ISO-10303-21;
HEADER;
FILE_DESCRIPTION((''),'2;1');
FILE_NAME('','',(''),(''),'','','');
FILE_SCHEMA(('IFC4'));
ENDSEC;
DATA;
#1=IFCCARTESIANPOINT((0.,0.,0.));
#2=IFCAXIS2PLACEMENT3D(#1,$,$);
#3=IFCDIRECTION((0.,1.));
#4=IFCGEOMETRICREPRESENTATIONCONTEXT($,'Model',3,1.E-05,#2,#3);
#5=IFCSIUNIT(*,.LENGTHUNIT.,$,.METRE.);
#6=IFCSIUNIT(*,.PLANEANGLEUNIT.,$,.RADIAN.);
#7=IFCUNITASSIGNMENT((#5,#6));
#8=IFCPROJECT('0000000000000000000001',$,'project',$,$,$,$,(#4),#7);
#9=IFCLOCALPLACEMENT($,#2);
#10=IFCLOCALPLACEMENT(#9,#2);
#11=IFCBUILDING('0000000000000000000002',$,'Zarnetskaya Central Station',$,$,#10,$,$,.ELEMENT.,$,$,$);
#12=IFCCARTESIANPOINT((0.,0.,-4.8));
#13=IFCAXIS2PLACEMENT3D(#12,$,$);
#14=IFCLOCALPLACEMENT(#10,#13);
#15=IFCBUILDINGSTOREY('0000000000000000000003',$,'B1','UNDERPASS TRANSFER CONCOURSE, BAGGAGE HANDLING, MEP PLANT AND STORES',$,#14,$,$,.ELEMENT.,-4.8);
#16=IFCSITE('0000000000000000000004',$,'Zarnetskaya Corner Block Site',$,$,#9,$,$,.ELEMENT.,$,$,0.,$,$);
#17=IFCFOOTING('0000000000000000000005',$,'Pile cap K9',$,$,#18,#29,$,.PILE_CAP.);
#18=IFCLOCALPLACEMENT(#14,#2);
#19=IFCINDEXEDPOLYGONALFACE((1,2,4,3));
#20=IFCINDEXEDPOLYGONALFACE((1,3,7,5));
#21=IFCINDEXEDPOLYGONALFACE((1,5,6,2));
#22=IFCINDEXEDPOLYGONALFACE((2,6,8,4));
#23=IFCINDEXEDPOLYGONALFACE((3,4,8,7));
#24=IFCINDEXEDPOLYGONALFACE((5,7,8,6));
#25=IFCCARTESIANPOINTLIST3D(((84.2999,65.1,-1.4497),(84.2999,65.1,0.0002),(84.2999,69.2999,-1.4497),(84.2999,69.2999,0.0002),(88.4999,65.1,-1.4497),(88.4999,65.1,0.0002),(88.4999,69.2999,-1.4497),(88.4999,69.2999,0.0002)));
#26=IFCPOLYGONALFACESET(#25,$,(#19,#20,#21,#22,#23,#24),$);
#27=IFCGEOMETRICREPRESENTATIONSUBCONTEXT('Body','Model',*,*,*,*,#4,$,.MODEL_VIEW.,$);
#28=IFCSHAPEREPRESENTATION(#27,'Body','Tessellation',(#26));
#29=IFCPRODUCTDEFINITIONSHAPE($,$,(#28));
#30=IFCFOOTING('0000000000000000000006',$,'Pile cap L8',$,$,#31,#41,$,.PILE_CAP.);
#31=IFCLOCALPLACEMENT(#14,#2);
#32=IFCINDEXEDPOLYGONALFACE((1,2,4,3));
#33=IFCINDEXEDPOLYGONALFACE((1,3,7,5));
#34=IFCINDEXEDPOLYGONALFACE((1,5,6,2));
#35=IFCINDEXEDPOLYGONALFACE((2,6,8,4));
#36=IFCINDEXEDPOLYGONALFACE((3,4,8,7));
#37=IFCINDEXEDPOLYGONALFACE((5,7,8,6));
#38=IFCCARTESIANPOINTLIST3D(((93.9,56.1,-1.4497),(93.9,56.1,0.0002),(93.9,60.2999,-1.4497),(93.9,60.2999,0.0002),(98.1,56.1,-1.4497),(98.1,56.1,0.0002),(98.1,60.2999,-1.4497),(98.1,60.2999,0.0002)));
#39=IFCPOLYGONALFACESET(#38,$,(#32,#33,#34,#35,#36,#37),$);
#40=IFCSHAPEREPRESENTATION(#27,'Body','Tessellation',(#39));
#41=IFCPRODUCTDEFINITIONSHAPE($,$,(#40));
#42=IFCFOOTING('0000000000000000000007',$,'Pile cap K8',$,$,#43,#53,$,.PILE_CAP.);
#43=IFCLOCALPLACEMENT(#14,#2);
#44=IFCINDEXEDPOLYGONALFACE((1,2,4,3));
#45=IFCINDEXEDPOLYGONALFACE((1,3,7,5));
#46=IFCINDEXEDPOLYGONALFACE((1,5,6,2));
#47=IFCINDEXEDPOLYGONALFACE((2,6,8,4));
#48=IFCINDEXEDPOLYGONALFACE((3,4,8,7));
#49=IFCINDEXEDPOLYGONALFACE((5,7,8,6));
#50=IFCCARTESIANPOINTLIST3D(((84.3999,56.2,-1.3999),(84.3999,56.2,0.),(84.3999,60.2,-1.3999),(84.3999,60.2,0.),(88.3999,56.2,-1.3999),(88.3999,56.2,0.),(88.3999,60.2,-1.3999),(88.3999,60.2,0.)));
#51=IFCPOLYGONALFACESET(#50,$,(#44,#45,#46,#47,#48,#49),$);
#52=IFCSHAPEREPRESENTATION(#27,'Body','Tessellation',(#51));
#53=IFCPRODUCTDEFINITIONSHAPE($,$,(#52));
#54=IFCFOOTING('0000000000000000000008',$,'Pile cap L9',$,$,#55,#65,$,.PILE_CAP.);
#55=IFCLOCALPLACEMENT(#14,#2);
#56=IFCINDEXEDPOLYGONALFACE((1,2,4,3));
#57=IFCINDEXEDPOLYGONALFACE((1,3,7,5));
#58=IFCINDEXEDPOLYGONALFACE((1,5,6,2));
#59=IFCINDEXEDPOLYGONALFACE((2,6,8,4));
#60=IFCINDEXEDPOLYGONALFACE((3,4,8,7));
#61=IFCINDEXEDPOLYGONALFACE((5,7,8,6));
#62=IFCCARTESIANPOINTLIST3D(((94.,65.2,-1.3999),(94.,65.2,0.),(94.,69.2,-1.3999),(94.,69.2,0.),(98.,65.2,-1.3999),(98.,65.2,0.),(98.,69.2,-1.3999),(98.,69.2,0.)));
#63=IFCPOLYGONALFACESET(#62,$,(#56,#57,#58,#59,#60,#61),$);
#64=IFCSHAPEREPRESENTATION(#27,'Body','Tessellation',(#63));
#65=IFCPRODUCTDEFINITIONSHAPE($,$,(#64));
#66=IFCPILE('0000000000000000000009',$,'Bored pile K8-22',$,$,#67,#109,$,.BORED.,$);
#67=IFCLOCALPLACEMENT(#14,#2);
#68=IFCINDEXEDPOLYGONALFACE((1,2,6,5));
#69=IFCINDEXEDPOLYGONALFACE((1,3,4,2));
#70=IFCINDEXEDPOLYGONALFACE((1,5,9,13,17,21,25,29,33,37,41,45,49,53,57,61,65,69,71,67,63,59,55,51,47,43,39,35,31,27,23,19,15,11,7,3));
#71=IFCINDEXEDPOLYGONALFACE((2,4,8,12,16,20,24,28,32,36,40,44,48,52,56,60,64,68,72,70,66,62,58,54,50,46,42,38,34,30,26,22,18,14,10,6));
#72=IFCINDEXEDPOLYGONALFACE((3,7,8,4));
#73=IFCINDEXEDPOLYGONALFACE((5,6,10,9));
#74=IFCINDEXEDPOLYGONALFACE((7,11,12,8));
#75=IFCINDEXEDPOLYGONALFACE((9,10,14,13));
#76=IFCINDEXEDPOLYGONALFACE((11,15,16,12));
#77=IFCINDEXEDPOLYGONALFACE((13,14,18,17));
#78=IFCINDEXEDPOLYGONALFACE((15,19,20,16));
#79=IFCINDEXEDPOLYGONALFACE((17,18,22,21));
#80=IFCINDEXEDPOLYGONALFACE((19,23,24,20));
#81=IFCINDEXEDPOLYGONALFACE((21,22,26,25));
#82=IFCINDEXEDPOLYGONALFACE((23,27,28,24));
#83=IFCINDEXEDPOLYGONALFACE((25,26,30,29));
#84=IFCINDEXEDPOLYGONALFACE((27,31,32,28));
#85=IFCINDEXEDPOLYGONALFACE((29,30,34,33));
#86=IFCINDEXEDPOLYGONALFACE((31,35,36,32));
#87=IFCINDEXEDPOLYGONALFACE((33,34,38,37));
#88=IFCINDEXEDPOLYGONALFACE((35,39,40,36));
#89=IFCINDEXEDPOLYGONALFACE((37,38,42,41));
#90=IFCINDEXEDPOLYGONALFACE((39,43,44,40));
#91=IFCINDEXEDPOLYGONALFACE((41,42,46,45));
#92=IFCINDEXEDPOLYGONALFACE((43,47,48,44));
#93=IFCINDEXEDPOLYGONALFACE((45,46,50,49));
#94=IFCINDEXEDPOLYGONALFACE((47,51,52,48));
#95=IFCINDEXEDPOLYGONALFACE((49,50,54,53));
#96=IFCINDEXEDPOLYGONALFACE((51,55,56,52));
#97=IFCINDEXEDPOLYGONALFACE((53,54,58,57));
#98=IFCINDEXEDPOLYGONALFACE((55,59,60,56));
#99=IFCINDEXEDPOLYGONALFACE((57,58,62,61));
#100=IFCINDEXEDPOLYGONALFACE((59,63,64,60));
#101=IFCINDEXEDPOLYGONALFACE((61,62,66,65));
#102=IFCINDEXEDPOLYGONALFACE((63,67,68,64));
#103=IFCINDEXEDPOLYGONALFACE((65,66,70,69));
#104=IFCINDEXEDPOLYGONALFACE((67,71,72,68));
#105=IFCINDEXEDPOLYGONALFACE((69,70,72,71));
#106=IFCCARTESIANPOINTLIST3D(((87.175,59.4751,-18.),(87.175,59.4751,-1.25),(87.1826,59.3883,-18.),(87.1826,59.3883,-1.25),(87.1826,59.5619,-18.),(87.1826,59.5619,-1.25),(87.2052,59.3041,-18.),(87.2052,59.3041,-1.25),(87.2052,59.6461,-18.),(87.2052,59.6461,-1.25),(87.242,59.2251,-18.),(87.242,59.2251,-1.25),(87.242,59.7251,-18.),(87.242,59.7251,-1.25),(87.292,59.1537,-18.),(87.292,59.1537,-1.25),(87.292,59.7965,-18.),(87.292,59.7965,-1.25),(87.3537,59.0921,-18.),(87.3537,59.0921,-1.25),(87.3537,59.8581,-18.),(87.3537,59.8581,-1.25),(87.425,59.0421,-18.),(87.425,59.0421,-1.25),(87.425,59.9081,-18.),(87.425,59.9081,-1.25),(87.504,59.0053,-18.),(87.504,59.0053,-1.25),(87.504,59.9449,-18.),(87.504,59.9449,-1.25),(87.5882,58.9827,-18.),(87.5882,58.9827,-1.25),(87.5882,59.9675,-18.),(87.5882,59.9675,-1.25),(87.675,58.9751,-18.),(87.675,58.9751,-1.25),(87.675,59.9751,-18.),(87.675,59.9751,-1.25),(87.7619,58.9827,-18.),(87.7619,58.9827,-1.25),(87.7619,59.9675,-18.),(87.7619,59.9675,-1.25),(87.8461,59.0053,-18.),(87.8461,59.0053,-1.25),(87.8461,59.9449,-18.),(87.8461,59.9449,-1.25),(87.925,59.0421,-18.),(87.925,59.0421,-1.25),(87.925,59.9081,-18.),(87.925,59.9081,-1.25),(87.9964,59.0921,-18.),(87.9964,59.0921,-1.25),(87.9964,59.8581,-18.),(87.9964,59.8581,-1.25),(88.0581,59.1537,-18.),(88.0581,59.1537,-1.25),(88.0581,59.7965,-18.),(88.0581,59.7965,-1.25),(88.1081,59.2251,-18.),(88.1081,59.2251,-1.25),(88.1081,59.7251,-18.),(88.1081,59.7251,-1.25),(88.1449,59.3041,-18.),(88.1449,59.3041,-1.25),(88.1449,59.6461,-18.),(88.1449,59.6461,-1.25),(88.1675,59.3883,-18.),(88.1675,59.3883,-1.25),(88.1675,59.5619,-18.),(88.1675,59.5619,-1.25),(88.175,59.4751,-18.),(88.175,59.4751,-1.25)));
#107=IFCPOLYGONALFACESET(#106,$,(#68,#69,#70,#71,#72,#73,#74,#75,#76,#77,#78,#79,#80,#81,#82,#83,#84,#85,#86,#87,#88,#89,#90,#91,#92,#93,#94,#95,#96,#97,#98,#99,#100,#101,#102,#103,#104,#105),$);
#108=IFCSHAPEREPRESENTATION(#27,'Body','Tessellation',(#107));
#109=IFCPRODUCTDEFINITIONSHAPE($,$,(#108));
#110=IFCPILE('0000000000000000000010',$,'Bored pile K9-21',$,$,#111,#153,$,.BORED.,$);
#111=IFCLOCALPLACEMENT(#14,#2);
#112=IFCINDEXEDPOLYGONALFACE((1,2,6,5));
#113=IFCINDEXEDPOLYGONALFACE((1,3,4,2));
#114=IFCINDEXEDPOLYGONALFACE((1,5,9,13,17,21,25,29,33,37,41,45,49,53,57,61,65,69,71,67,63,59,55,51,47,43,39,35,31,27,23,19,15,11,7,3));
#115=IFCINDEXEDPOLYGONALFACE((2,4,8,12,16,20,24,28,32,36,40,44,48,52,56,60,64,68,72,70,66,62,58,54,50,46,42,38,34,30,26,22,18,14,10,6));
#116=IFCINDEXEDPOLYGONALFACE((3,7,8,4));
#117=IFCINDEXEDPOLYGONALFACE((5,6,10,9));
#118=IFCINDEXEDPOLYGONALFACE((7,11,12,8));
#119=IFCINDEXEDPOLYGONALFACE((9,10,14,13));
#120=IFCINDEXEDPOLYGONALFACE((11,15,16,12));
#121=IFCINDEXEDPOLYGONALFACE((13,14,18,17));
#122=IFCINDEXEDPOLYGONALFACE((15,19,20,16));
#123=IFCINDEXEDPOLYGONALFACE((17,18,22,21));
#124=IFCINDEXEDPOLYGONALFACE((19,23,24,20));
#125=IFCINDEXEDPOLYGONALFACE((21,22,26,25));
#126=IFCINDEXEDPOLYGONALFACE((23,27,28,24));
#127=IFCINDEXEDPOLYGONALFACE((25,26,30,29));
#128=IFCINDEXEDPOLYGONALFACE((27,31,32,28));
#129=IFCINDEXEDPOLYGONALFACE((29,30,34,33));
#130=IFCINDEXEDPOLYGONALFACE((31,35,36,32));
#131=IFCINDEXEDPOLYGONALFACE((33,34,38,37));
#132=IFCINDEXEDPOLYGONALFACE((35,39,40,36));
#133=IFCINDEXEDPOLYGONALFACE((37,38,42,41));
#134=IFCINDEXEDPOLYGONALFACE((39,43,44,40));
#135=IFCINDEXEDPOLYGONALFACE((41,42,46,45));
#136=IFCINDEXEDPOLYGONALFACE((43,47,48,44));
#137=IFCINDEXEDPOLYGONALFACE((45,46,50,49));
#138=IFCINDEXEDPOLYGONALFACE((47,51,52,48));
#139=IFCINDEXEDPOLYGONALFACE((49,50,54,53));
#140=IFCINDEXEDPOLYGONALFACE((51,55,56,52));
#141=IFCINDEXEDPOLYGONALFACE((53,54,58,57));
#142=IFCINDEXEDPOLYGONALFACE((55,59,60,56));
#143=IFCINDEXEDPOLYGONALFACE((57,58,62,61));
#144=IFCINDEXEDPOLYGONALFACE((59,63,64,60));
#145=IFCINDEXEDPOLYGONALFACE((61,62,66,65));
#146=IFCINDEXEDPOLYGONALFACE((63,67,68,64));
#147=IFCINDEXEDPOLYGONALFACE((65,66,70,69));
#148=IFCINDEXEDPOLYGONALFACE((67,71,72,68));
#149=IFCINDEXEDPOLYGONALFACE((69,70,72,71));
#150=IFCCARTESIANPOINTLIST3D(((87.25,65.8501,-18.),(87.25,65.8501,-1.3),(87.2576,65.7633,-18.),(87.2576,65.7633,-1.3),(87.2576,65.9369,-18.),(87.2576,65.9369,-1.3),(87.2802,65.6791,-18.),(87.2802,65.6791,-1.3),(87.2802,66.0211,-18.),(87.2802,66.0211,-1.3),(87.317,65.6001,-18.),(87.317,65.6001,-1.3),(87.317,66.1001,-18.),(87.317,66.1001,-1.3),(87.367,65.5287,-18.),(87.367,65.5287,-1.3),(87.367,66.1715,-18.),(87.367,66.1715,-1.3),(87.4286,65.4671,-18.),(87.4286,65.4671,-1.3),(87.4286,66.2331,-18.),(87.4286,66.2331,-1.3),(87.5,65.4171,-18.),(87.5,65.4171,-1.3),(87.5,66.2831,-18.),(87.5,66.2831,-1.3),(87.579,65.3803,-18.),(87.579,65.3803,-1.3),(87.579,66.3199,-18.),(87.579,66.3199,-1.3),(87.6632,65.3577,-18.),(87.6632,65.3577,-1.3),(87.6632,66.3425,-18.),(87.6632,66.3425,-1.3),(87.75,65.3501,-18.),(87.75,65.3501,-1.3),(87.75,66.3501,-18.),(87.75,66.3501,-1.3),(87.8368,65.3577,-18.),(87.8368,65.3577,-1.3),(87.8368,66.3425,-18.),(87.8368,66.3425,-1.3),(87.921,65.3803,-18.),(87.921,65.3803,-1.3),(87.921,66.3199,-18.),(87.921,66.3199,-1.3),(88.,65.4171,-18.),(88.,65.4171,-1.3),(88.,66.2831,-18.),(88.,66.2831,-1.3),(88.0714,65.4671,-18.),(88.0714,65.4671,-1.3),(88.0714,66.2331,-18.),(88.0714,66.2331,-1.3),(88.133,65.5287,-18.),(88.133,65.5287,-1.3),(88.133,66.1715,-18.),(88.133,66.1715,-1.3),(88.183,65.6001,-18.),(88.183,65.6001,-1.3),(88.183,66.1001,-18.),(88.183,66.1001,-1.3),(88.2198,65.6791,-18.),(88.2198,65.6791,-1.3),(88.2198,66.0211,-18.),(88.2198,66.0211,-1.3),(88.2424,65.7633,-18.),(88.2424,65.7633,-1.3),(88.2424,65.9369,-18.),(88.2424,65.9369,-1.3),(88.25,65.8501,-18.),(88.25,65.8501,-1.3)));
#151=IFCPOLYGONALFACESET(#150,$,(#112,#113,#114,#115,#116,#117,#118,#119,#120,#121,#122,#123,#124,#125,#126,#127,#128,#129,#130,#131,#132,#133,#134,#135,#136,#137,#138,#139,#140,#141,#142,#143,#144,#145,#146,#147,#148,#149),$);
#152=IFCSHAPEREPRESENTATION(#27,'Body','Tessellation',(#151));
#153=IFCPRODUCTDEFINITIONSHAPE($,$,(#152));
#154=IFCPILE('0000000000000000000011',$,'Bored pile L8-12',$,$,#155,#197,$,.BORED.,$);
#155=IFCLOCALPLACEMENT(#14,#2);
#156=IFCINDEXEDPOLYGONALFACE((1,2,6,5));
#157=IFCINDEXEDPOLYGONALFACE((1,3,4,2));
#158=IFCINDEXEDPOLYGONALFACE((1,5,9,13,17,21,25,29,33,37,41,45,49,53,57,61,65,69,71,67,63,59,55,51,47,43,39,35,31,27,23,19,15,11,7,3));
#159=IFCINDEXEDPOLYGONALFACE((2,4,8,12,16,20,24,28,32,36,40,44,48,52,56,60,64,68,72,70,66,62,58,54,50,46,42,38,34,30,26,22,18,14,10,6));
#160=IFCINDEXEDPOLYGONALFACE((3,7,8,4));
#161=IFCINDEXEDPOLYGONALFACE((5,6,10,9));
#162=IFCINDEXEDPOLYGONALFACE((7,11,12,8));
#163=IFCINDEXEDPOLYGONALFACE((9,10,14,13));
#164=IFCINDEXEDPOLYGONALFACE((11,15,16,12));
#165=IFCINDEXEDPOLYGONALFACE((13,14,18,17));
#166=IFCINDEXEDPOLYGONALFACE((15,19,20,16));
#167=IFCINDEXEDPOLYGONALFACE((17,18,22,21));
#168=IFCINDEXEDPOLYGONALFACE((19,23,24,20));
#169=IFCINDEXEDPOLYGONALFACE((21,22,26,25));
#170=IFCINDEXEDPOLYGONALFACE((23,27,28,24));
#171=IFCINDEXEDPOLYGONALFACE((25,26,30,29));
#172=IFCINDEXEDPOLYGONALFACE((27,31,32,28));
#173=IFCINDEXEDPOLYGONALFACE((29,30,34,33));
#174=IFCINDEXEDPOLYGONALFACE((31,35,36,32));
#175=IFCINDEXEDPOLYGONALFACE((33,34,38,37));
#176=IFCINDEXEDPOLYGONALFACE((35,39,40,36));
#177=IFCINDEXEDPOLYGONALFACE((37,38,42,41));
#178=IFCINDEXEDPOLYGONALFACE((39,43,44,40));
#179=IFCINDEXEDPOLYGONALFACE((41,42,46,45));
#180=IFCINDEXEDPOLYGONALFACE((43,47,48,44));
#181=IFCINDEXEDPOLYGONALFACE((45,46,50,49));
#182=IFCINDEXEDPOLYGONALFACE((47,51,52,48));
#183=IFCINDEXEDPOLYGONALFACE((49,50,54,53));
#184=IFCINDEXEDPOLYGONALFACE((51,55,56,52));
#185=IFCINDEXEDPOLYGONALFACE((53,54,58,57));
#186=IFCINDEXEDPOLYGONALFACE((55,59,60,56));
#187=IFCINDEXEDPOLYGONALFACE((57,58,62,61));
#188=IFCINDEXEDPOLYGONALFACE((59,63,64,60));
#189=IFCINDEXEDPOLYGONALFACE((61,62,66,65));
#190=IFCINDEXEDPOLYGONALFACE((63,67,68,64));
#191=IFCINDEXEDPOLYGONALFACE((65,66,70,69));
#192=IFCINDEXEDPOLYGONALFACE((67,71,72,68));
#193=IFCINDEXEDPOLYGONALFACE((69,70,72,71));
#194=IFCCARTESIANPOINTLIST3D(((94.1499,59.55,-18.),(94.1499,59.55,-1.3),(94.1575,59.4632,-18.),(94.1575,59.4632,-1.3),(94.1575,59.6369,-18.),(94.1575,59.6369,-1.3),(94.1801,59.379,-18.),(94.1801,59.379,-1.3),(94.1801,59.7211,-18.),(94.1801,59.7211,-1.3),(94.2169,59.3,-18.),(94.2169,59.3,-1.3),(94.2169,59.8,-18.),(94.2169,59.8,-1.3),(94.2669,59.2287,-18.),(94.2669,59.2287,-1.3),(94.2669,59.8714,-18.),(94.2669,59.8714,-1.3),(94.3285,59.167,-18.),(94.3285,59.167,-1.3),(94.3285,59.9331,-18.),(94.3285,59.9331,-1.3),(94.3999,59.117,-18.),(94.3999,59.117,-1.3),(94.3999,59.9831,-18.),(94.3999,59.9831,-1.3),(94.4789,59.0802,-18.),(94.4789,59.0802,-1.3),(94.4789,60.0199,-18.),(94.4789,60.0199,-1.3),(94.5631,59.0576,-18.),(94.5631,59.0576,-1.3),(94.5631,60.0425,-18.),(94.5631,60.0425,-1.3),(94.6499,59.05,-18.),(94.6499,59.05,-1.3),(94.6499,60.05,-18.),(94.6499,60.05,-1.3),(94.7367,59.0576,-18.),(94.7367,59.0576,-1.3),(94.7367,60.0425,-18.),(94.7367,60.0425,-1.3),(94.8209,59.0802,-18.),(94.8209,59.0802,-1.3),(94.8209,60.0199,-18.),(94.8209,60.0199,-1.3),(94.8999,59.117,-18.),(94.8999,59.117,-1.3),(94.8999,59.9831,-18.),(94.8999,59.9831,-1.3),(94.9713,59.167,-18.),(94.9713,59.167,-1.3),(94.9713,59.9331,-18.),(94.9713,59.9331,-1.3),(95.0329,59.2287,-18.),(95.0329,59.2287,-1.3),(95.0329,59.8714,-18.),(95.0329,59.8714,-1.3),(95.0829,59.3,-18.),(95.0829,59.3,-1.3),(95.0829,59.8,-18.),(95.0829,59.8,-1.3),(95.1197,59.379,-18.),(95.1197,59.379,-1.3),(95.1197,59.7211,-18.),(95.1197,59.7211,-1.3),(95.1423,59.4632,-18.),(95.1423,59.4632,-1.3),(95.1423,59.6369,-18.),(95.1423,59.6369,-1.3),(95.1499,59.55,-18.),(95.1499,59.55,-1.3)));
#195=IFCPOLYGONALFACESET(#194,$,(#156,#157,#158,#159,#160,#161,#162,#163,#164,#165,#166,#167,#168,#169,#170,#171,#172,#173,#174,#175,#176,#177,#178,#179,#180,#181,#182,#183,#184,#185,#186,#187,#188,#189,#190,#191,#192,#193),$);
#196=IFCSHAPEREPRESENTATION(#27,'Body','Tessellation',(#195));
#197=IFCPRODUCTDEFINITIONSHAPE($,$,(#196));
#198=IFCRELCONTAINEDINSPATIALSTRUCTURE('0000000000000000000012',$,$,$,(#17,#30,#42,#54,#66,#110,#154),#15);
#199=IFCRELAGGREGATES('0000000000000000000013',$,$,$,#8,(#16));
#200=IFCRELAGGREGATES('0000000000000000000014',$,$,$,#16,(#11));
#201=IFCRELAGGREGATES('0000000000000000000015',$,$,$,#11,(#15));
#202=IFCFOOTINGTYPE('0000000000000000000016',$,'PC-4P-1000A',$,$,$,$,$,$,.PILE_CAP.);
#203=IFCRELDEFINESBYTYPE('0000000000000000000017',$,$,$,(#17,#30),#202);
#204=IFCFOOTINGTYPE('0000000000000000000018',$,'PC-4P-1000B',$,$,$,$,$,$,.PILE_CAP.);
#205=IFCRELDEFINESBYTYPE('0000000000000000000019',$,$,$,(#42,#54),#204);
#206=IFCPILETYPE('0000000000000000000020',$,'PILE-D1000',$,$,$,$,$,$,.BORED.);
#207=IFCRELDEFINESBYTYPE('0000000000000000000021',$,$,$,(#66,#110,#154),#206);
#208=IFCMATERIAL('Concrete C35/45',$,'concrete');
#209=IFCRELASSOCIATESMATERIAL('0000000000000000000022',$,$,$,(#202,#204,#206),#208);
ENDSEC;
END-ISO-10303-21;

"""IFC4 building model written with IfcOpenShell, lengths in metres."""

from ifc_helpers import new_model, si_unit, direction, frame, origin, origin_2d, place, context, subcontext, project, spatial, rectangle, circle, extrude, material, material_profile, profile_set, type_object, element, save


model = new_model("IFC4")

# Units and contexts
model_context = context("Model", 3, precision=1e-05, world=origin(), true_north=direction((0.0, 1.0)))
body_context = subcontext(model_context, "Body", "Model", "MODEL_VIEW")
ifc_project = project(units=[si_unit("LENGTHUNIT", "METRE"), si_unit("PLANEANGLEUNIT", "RADIAN")], contexts=[model_context])

# Site, building, storey
site_placement = place(None, origin())
site = spatial("IfcSite", under=ifc_project, at=site_placement, Name="Zarnetskaya Corner Block Site", CompositionType="ELEMENT", RefElevation=0.0)
building_placement = place(site_placement, origin())
building = spatial("IfcBuilding", under=site, at=building_placement, Name="Zarnetskaya Central Station", CompositionType="ELEMENT")
storey_placement = place(building_placement, frame((0.0, 0.0, -4.8)))
storey = spatial("IfcBuildingStorey", under=building, at=storey_placement, Name="B1", Description="UNDERPASS TRANSFER CONCOURSE, BAGGAGE HANDLING, MEP PLANT AND STORES", CompositionType="ELEMENT", Elevation=-4.8)

# Footings
ifc_material_1 = material(Name="Concrete C35/45", Category="concrete")
footing_type_1 = type_object("IfcFootingType", Name="PC-4P-1000A", PredefinedType="PILE_CAP", material=ifc_material_1)
for number, where, z_axis, x_axis, name in (
    (1, (86.3999, 67.2, -1.4497), (0.0, 0.0, 1.0), (1.0, 0.0, 0.0), "Pile cap K9"),
    (2, (96.0, 58.2, -1.4497), (0.0, 0.0, 1.0), (1.0, 0.0, 0.0), "Pile cap L8"),
):
    element("IfcFooting", number, at=place(storey_placement, frame(where, z_axis=z_axis, x_axis=x_axis)), inside=storey, type_object=footing_type_1, Name=name, PredefinedType="PILE_CAP", context=body_context, shape_type="SweptSolid", body=[
        extrude(rectangle(XDim=4.2, YDim=4.2, at=origin_2d()), origin(), (0.0, 0.0, 1.0), 1.45),
    ])
footing_type_2 = type_object("IfcFootingType", Name="PC-4P-1000B", PredefinedType="PILE_CAP", material=ifc_material_1)
for number, where, z_axis, x_axis, name in (
    (3, (86.3999, 58.2, -1.3999), (0.0, 0.0, 1.0), (1.0, 0.0, 0.0), "Pile cap K8"),
    (4, (96.0, 67.2, -1.3999), (0.0, 0.0, 1.0), (1.0, 0.0, 0.0), "Pile cap L9"),
):
    element("IfcFooting", number, at=place(storey_placement, frame(where, z_axis=z_axis, x_axis=x_axis)), inside=storey, type_object=footing_type_2, Name=name, PredefinedType="PILE_CAP", context=body_context, shape_type="SweptSolid", body=[
        extrude(rectangle(XDim=4.0, YDim=4.0, at=origin_2d()), origin(), (0.0, 0.0, 1.0), 1.3999),
    ])

# Piles
ifc_material_profile_1 = material_profile(ifc_material_1, circle(Radius=0.5, at=origin_2d()), Name="BORED PILE D1000")
ifc_profile_set_1 = profile_set([ifc_material_profile_1], Name="Concrete C35/45")
pile_type = type_object("IfcPileType", Name="PILE-D1000", PredefinedType="BORED", material=ifc_profile_set_1)
pile_1_placement = place(storey_placement, frame((87.675, 59.4751, -1.25), z_axis=(0.0, 0.0, -1.0), x_axis=(1.0, 0.0, 0.0)))
element("IfcPile", 5, at=pile_1_placement, inside=storey, type_object=pile_type, Name="Bored pile K8-22", PredefinedType="BORED", context=body_context, shape_type="SweptSolid", body=[
    extrude(circle(Radius=0.5, at=origin_2d()), origin(), (0.0, 0.0, 1.0), 16.75),
])
for number, where, z_axis, x_axis, name in (
    (6, (87.75, 65.8501, -1.3), (0.0, 0.0, -1.0), (1.0, 0.0, 0.0), "Bored pile K9-21"),
    (7, (94.6499, 59.55, -1.3), (0.0, 0.0, -1.0), (1.0, 0.0, 0.0), "Bored pile L8-12"),
):
    element("IfcPile", number, at=place(storey_placement, frame(where, z_axis=z_axis, x_axis=x_axis)), inside=storey, type_object=pile_type, Name=name, PredefinedType="BORED", context=body_context, shape_type="SweptSolid", body=[
        extrude(circle(Radius=0.5, at=origin_2d()), origin(), (0.0, 0.0, 1.0), 16.7),
    ])

save(model, "model.ifc")
